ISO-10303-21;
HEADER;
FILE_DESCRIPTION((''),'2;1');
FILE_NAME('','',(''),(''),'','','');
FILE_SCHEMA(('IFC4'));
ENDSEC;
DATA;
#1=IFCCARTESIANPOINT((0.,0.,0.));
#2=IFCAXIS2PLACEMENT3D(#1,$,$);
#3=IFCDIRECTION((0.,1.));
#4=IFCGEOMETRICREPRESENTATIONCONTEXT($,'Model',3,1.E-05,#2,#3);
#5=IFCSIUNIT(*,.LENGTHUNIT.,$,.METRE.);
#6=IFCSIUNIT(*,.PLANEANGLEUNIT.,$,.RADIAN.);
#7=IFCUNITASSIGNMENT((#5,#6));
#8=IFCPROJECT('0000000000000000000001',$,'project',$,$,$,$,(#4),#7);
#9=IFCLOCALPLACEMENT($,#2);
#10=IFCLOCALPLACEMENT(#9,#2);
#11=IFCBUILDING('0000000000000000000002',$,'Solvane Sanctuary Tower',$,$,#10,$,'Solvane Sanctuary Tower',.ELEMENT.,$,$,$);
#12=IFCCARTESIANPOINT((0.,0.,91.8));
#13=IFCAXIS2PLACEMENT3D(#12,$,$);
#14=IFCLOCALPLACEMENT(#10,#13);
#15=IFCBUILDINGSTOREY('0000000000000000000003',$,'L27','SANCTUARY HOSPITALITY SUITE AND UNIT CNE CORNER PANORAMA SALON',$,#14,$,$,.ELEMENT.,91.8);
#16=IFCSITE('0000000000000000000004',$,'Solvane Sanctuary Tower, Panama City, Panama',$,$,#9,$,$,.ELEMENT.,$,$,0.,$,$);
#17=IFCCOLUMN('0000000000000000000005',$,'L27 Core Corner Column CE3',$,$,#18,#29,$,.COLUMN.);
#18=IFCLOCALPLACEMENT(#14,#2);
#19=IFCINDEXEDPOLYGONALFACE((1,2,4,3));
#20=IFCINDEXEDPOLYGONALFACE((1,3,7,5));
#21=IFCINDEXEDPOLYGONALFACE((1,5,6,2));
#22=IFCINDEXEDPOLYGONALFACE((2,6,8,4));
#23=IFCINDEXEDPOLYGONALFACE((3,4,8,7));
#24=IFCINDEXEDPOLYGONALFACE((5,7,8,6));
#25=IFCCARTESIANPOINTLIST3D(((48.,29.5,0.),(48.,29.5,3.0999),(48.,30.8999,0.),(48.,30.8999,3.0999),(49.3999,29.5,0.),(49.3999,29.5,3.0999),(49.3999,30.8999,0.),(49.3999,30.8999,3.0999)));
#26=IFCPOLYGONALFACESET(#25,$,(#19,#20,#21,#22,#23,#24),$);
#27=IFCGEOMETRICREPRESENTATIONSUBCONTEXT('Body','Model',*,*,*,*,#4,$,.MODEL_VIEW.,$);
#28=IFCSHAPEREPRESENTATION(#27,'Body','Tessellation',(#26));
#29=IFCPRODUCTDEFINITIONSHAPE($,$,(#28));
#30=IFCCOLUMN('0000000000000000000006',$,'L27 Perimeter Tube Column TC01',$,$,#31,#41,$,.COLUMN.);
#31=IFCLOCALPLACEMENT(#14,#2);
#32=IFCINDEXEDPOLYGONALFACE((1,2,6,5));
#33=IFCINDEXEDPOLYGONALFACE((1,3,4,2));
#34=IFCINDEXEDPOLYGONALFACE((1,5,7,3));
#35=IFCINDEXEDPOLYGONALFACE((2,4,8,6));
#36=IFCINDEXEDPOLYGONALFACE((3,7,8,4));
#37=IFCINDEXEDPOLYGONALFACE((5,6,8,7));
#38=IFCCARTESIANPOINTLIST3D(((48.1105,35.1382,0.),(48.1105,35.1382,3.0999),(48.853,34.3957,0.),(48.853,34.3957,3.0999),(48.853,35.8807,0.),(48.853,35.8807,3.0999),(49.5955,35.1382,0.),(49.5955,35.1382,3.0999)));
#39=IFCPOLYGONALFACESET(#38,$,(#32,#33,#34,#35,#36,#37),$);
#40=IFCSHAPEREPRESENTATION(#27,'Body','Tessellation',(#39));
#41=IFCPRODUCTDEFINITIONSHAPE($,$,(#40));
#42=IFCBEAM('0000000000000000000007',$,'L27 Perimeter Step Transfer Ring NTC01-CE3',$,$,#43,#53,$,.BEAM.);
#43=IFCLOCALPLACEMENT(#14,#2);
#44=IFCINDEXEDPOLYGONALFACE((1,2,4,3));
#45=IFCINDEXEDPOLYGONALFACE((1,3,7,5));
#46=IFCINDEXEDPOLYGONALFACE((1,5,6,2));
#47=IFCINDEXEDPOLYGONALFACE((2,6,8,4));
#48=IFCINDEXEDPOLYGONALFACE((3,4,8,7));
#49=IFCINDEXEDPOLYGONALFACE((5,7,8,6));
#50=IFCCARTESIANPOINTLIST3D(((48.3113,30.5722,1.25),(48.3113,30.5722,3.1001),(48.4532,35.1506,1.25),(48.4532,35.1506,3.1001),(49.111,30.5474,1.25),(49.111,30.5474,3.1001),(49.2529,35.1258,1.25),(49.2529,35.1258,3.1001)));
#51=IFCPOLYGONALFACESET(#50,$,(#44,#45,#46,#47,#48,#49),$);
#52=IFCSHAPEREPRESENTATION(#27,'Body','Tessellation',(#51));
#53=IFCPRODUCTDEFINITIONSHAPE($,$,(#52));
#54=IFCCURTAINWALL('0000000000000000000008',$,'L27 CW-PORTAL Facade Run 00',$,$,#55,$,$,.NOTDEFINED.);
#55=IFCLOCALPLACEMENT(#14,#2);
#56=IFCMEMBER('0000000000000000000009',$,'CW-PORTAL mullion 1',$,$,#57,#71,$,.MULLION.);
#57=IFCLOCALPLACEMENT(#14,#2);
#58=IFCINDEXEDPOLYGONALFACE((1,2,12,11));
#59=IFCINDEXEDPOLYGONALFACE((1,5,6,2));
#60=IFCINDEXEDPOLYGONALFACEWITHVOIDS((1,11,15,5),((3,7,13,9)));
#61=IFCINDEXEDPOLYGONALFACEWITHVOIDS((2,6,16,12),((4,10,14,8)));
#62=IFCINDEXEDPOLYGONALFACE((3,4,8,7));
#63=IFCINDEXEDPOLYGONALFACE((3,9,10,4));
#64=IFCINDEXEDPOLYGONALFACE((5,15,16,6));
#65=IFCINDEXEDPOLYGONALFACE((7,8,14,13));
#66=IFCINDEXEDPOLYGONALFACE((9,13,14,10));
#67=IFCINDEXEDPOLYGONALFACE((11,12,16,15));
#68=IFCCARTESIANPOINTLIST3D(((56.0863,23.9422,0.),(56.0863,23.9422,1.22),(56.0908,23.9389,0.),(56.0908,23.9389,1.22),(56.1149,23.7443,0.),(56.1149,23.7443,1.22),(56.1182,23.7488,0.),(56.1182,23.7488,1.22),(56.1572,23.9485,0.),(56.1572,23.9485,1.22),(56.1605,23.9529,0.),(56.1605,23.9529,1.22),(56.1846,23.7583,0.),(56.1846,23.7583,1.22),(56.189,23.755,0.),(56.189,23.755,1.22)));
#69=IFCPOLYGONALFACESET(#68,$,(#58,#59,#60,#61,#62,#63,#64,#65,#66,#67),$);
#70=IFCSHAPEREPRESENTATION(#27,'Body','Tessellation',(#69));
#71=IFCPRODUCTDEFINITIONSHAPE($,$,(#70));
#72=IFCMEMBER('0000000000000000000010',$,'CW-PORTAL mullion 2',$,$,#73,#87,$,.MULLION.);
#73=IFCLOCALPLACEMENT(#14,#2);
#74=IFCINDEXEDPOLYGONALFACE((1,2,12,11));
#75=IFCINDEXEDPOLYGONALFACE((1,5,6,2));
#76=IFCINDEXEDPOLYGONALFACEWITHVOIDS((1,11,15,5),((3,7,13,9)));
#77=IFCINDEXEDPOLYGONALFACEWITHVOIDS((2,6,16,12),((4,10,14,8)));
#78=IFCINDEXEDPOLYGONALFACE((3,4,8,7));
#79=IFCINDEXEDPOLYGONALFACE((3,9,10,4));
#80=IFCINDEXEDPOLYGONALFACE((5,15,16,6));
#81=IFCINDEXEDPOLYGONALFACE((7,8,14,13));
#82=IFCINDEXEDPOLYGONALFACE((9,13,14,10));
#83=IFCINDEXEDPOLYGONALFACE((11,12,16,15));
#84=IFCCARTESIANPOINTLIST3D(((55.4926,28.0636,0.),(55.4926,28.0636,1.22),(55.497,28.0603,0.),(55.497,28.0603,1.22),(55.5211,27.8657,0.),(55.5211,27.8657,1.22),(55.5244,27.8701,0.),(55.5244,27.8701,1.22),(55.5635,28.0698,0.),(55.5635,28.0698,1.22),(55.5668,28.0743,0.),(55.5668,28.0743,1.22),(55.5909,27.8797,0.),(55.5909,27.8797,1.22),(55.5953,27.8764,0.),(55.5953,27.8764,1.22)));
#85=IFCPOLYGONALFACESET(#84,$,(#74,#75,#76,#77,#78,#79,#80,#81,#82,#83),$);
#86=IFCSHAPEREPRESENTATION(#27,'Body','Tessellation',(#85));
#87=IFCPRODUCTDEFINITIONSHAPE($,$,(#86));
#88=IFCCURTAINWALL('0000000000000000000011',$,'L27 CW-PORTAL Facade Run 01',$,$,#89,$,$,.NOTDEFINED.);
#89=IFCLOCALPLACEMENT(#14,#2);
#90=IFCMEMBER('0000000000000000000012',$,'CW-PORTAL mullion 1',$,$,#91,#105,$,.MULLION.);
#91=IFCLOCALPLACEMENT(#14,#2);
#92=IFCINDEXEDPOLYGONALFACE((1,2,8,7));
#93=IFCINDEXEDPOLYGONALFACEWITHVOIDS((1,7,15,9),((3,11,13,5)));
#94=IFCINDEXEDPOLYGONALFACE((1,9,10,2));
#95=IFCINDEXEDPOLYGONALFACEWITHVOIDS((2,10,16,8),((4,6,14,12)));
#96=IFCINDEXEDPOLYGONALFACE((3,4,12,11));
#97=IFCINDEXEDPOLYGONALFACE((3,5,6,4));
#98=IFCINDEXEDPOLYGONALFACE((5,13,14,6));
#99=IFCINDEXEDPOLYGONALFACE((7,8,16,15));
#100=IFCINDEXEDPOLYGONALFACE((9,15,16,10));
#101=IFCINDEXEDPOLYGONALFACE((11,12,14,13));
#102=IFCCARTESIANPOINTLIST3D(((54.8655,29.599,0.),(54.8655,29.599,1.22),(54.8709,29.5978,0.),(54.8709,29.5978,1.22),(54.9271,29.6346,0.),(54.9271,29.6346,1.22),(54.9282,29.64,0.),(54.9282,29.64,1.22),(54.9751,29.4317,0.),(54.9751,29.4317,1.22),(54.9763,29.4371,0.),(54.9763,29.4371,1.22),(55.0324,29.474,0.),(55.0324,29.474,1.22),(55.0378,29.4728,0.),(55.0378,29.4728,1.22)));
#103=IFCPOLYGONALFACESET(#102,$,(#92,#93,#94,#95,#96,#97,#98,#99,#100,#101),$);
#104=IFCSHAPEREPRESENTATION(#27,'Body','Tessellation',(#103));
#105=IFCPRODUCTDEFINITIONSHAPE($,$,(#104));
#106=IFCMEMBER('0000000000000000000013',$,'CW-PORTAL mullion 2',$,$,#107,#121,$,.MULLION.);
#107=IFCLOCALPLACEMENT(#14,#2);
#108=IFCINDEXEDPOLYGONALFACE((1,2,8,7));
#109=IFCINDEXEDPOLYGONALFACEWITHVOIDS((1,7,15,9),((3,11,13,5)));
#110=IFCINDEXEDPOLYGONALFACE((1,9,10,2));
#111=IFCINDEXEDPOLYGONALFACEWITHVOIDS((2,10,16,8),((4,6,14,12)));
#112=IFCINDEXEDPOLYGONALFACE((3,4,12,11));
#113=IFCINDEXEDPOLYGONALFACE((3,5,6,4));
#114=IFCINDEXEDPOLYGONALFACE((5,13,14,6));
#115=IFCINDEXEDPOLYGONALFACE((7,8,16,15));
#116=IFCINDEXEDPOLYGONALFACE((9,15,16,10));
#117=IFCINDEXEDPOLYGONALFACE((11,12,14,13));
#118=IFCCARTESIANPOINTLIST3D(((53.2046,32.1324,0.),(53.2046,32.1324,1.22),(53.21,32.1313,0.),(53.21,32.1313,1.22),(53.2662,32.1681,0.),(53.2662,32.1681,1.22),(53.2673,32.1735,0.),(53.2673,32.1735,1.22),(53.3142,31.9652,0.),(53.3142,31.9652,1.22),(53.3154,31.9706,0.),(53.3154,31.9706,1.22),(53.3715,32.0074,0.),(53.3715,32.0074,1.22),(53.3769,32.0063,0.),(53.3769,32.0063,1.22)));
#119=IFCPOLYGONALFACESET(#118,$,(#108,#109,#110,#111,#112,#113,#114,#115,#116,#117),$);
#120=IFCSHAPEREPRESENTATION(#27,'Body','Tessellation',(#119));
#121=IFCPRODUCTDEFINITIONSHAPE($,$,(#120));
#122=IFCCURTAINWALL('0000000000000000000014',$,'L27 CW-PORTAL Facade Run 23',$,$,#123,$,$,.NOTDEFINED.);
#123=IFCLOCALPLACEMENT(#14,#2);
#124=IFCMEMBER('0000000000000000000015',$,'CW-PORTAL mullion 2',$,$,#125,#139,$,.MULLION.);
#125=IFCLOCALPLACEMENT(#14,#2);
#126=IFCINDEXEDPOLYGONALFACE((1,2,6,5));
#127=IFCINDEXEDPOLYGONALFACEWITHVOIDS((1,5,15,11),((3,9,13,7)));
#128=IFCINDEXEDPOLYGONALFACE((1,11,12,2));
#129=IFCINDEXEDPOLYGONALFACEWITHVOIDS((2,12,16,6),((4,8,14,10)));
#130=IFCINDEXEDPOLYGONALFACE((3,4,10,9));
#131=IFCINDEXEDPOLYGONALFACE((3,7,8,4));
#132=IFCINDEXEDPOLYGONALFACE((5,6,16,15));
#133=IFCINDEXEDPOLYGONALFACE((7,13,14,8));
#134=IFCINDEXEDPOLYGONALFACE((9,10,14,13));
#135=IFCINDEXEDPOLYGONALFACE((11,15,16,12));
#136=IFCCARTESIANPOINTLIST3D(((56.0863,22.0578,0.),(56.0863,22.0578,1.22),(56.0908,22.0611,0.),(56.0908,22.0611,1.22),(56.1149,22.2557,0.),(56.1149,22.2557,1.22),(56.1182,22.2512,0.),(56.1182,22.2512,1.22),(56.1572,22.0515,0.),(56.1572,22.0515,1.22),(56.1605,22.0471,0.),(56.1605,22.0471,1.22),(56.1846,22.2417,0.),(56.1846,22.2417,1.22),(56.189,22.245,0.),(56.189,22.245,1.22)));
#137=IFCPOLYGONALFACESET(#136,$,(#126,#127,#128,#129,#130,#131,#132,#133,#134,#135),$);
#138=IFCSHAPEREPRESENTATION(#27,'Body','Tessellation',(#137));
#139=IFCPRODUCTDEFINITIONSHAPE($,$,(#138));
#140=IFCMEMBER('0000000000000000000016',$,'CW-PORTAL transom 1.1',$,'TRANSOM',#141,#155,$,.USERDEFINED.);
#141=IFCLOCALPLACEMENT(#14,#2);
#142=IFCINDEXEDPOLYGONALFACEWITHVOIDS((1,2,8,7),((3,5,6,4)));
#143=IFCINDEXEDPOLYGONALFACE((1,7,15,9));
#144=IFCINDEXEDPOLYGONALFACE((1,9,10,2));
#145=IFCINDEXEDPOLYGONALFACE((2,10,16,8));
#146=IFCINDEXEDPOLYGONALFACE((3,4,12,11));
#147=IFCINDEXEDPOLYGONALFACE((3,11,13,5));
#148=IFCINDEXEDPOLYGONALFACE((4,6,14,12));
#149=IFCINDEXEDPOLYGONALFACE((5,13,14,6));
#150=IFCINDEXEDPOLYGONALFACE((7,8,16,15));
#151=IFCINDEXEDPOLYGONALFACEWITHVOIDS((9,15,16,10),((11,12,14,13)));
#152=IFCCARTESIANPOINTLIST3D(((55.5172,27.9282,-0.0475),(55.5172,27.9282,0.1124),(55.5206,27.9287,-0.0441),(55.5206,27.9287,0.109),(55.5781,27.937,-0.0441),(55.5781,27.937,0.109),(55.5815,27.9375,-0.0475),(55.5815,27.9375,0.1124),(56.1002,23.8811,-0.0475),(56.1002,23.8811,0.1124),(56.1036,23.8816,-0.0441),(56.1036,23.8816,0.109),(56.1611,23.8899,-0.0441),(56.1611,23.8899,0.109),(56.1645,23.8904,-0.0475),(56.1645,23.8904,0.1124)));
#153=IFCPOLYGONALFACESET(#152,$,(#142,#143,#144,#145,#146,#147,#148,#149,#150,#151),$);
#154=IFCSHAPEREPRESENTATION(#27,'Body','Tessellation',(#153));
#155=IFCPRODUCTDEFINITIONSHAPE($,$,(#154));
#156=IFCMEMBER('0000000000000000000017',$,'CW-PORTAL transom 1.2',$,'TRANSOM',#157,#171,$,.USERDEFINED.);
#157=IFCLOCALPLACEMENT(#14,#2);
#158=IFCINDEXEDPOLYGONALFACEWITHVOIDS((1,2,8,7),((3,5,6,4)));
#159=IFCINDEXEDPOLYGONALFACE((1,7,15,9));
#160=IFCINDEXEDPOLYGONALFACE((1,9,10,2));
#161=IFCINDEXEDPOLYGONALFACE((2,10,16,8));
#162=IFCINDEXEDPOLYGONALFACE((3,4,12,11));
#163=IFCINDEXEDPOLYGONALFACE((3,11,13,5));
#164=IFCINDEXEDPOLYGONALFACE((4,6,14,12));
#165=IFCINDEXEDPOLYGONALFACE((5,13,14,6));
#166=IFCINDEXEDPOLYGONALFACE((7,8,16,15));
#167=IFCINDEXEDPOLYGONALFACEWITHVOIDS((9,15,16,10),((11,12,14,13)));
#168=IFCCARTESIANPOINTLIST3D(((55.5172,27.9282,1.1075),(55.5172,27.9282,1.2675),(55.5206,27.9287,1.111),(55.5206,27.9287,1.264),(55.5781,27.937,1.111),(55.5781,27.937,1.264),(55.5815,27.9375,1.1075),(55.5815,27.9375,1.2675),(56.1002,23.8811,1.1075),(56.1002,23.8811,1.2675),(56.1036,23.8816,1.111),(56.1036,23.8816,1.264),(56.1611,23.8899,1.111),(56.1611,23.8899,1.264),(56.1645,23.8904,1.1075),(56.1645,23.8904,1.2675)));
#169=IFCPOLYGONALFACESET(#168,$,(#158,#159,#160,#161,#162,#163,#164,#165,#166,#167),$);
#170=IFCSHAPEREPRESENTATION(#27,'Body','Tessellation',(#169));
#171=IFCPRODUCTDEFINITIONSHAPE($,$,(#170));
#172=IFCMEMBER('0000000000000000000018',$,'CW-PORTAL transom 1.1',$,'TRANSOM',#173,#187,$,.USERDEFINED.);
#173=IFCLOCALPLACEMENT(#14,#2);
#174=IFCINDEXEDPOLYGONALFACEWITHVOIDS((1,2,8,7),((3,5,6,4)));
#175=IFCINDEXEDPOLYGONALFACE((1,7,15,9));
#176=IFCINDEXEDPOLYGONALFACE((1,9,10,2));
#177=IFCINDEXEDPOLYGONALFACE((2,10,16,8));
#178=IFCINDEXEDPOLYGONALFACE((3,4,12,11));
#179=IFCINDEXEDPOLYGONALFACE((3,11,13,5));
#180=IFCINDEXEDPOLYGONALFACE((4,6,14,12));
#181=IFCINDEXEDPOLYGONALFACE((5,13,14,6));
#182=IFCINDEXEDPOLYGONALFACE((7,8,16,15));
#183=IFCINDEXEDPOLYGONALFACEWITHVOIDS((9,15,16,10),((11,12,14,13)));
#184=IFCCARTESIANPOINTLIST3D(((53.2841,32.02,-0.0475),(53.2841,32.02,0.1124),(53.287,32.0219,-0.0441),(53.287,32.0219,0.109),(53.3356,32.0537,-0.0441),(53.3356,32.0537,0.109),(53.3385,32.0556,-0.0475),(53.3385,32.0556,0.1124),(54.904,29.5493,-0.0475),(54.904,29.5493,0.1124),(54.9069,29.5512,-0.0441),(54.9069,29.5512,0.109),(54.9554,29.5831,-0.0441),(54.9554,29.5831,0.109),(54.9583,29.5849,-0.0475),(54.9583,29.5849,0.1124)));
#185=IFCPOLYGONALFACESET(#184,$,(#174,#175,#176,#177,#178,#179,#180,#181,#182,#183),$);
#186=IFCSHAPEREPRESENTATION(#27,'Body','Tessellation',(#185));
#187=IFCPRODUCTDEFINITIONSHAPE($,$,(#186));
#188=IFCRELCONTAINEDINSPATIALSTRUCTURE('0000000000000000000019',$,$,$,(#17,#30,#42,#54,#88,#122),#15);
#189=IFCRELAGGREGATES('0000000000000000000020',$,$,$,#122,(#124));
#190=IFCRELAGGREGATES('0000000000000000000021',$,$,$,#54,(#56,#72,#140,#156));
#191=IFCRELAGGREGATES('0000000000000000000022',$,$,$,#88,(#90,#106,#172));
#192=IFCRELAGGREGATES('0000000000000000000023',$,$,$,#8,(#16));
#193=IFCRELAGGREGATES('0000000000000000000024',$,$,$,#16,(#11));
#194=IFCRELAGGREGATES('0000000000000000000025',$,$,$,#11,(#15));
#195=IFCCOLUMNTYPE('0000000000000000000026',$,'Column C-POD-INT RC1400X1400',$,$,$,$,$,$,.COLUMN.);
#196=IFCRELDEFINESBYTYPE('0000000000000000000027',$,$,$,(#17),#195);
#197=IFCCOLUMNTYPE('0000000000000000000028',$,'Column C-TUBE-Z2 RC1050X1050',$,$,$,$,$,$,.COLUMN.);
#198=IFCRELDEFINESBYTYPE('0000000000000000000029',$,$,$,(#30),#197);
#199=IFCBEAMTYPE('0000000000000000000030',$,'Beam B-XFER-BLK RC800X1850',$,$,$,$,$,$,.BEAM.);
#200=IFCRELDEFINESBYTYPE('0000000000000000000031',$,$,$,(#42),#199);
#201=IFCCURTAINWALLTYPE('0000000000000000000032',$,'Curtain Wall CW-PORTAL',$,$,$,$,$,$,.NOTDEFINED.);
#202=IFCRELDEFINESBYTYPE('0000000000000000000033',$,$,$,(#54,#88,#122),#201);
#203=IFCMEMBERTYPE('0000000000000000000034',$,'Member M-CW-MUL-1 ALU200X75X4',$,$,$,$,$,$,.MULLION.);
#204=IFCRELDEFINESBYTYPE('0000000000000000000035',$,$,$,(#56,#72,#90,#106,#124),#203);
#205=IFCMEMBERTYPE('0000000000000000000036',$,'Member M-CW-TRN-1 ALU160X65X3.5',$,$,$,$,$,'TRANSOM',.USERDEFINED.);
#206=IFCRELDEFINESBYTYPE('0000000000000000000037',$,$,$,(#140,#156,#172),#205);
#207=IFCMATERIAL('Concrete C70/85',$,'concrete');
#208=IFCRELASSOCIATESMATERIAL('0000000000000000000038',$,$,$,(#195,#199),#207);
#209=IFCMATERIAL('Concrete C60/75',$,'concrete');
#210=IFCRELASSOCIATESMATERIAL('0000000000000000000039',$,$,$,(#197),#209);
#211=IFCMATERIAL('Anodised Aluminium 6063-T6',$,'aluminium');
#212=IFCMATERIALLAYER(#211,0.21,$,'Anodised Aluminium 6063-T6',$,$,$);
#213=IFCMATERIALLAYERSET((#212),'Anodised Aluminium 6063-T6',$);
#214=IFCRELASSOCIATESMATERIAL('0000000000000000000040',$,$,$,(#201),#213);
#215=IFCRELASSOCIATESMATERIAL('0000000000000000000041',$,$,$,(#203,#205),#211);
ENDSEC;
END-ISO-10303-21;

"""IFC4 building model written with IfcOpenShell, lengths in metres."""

from ifc_helpers import new_model, si_unit, direction, frame, origin, origin_2d, place, context, subcontext, project, spatial, rectangle, hollow_rectangle, extrude, material, layer, layer_set, material_profile, profile_set, type_object, element, aggregate, save


model = new_model("IFC4")

# Units and contexts
model_context = context("Model", 3, precision=1e-05, world=origin(), true_north=direction((0.0, 1.0)))
body_context = subcontext(model_context, "Body", "Model", "MODEL_VIEW")
ifc_project = project(units=[si_unit("LENGTHUNIT", "METRE"), si_unit("PLANEANGLEUNIT", "RADIAN")], contexts=[model_context])

# Site, building, storey
site_placement = place(None, origin())
site = spatial("IfcSite", under=ifc_project, at=site_placement, Name="Solvane Sanctuary Tower, Panama City, Panama", CompositionType="ELEMENT", RefElevation=0.0)
building_placement = place(site_placement, origin())
building = spatial("IfcBuilding", under=site, at=building_placement, Name="Solvane Sanctuary Tower", LongName="Solvane Sanctuary Tower", CompositionType="ELEMENT")
storey_placement = place(building_placement, frame((0.0, 0.0, 91.8)))
storey = spatial("IfcBuildingStorey", under=building, at=storey_placement, Name="L27", Description="SANCTUARY HOSPITALITY SUITE AND UNIT CNE CORNER PANORAMA SALON", CompositionType="ELEMENT", Elevation=91.8)

# Columns
ifc_material_1 = material(Name="Concrete C70/85", Category="concrete")
ifc_material_profile_1 = material_profile(ifc_material_1, rectangle(XDim=1.3999, YDim=1.3999, at=origin_2d()), Name="RC1400X1400")
ifc_profile_set_1 = profile_set([ifc_material_profile_1], Name="Concrete C70/85")
column_type_1 = type_object("IfcColumnType", Name="Column C-POD-INT RC1400X1400", PredefinedType="COLUMN", material=ifc_profile_set_1)
column_1_placement = place(storey_placement, frame((48.7, 30.2, 0.0), z_axis=(0.0, 0.0, 1.0), x_axis=(1.0, 0.0, 0.0)))
element("IfcColumn", 1, at=column_1_placement, inside=storey, type_object=column_type_1, Name="L27 Core Corner Column CE3", PredefinedType="COLUMN", context=body_context, shape_type="SweptSolid", body=[
    extrude(rectangle(XDim=1.3999, YDim=1.3999, at=origin_2d()), origin(), (0.0, 0.0, 1.0), 3.0999),
])
ifc_material_2 = material(Name="Concrete C60/75", Category="concrete")
ifc_material_profile_2 = material_profile(ifc_material_2, rectangle(XDim=1.05, YDim=1.05, at=origin_2d()), Name="RC1050X1050")
ifc_profile_set_2 = profile_set([ifc_material_profile_2], Name="Concrete C60/75")
column_type_2 = type_object("IfcColumnType", Name="Column C-TUBE-Z2 RC1050X1050", PredefinedType="COLUMN", material=ifc_profile_set_2)
column_2_placement = place(storey_placement, frame((48.853, 35.1382, 0.0), z_axis=(0.0, 0.0, 1.0), x_axis=(0.707107, 0.707107, 0.0)))
element("IfcColumn", 2, at=column_2_placement, inside=storey, type_object=column_type_2, Name="L27 Perimeter Tube Column TC01", PredefinedType="COLUMN", context=body_context, shape_type="SweptSolid", body=[
    extrude(rectangle(XDim=1.05, YDim=1.05, at=origin_2d()), origin(), (0.0, 0.0, 1.0), 3.0999),
])

# Beam
ifc_material_profile_3 = material_profile(ifc_material_1, rectangle(XDim=0.8, YDim=1.8501, at=origin_2d()), Name="RC800X1850")
ifc_profile_set_3 = profile_set([ifc_material_profile_3], Name="Concrete C70/85")
beam_type = type_object("IfcBeamType", Name="Beam B-XFER-BLK RC800X1850", PredefinedType="BEAM", material=ifc_profile_set_3)
beam_placement = place(storey_placement, frame((48.853, 35.1382, 2.175), z_axis=(-0.030967, -0.99952, 0.0), x_axis=(0.99952, -0.030967, 0.0)))
element("IfcBeam", 3, at=beam_placement, inside=storey, type_object=beam_type, Name="L27 Perimeter Step Transfer Ring NTC01-CE3", PredefinedType="BEAM", context=body_context, shape_type="SweptSolid", body=[
    extrude(rectangle(XDim=0.8, YDim=1.8501, at=origin_2d()), origin(), (0.0, 0.0, 1.0), 4.5806),
])

# Curtain walls, members
ifc_material_3 = material(Name="Anodised Aluminium 6063-T6", Category="aluminium")
ifc_layer_1 = layer(ifc_material_3, 0.21, Name="Anodised Aluminium 6063-T6")
ifc_layer_set_1 = layer_set([ifc_layer_1], Name="Anodised Aluminium 6063-T6")
curtain_wall_type = type_object("IfcCurtainWallType", Name="Curtain Wall CW-PORTAL", PredefinedType="NOTDEFINED", material=ifc_layer_set_1)
curtain_wall_1_placement = place(storey_placement, origin())
curtain_wall_1 = element("IfcCurtainWall", 4, at=curtain_wall_1_placement, inside=storey, type_object=curtain_wall_type, Name="L27 CW-PORTAL Facade Run 00", PredefinedType="NOTDEFINED")
ifc_material_profile_4 = material_profile(ifc_material_3, hollow_rectangle(XDim=0.075, YDim=0.2, WallThickness=0.0039, at=origin_2d()), Name="ALU200X75X4")
ifc_profile_set_4 = profile_set([ifc_material_profile_4], Name="Anodised Aluminium 6063-T6")
member_type_1 = type_object("IfcMemberType", Name="Member M-CW-MUL-1 ALU200X75X4", PredefinedType="MULLION", material=ifc_profile_set_4)
member_1_placement = place(storey_placement, frame((56.1377, 23.8486, 0.0), z_axis=(0.0, 0.0, 1.0), x_axis=(-0.989782, -0.142587, 0.0)))
member_1 = element("IfcMember", 5, at=member_1_placement, type_object=member_type_1, Name="CW-PORTAL mullion 1", PredefinedType="MULLION", context=body_context, shape_type="SweptSolid", body=[
    extrude(hollow_rectangle(XDim=0.075, YDim=0.2, WallThickness=0.0039, at=origin_2d()), origin(), (0.0, 0.0, 1.0), 1.22),
])
member_2_placement = place(storey_placement, frame((55.5439, 27.97, 0.0), z_axis=(0.0, 0.0, 1.0), x_axis=(-0.989782, -0.142587, 0.0)))
member_2 = element("IfcMember", 6, at=member_2_placement, type_object=member_type_1, Name="CW-PORTAL mullion 2", PredefinedType="MULLION", context=body_context, shape_type="SweptSolid", body=[
    extrude(hollow_rectangle(XDim=0.075, YDim=0.2, WallThickness=0.0039, at=origin_2d()), origin(), (0.0, 0.0, 1.0), 1.22),
])
curtain_wall_2_placement = place(storey_placement, origin())
curtain_wall_2 = element("IfcCurtainWall", 7, at=curtain_wall_2_placement, inside=storey, type_object=curtain_wall_type, Name="L27 CW-PORTAL Facade Run 01", PredefinedType="NOTDEFINED")
member_3_placement = place(storey_placement, frame((54.9517, 29.5359, 0.0), z_axis=(0.0, 0.0, 1.0), x_axis=(-0.836298, -0.548276, 0.0)))
member_3 = element("IfcMember", 8, at=member_3_placement, type_object=member_type_1, Name="CW-PORTAL mullion 1", PredefinedType="MULLION", context=body_context, shape_type="SweptSolid", body=[
    extrude(hollow_rectangle(XDim=0.075, YDim=0.2, WallThickness=0.0039, at=origin_2d()), origin(), (0.0, 0.0, 1.0), 1.22),
])
member_4_placement = place(storey_placement, frame((53.2908, 32.0693, 0.0), z_axis=(0.0, 0.0, 1.0), x_axis=(-0.836298, -0.548276, 0.0)))
member_4 = element("IfcMember", 9, at=member_4_placement, type_object=member_type_1, Name="CW-PORTAL mullion 2", PredefinedType="MULLION", context=body_context, shape_type="SweptSolid", body=[
    extrude(hollow_rectangle(XDim=0.075, YDim=0.2, WallThickness=0.0039, at=origin_2d()), origin(), (0.0, 0.0, 1.0), 1.22),
])

# Curtain wall, member
curtain_wall_3_placement = place(storey_placement, origin())
curtain_wall_3 = element("IfcCurtainWall", 10, at=curtain_wall_3_placement, inside=storey, type_object=curtain_wall_type, Name="L27 CW-PORTAL Facade Run 23", PredefinedType="NOTDEFINED")
member_5_placement = place(storey_placement, frame((56.1377, 22.1514, 0.0), z_axis=(0.0, 0.0, 1.0), x_axis=(-0.989782, 0.142587, 0.0)))
member_5 = element("IfcMember", 11, at=member_5_placement, type_object=member_type_1, Name="CW-PORTAL mullion 2", PredefinedType="MULLION", context=body_context, shape_type="SweptSolid", body=[
    extrude(hollow_rectangle(XDim=0.075, YDim=0.2, WallThickness=0.0039, at=origin_2d()), origin(), (0.0, 0.0, 1.0), 1.22),
])
aggregate(curtain_wall_3, [member_5])

# Members
ifc_material_profile_5 = material_profile(ifc_material_3, hollow_rectangle(XDim=0.0649, YDim=0.1599, WallThickness=0.0034, at=origin_2d()), Name="ALU160X65X3.5")
ifc_profile_set_5 = profile_set([ifc_material_profile_5], Name="Anodised Aluminium 6063-T6")
member_type_2 = type_object("IfcMemberType", Name="Member M-CW-TRN-1 ALU160X65X3.5", ElementType="TRANSOM", PredefinedType="USERDEFINED", material=ifc_profile_set_5)
member_6_placement = place(storey_placement, frame((56.1323, 23.8857, 0.0325), z_axis=(-0.142583, 0.989783, 0.0), x_axis=(-0.989783, -0.142583, 0.0)))
member_6 = element("IfcMember", 12, at=member_6_placement, type_object=member_type_2, Name="CW-PORTAL transom 1.1", ObjectType="TRANSOM", PredefinedType="USERDEFINED", context=body_context, shape_type="SweptSolid", body=[
    extrude(hollow_rectangle(XDim=0.0649, YDim=0.1599, WallThickness=0.0034, at=origin_2d()), origin(), (0.0, 0.0, 1.0), 4.0889),
])
member_7_placement = place(storey_placement, frame((56.1323, 23.8857, 1.1875), z_axis=(-0.142583, 0.989783, 0.0), x_axis=(-0.989783, -0.142583, 0.0)))
member_7 = element("IfcMember", 13, at=member_7_placement, type_object=member_type_2, Name="CW-PORTAL transom 1.2", ObjectType="TRANSOM", PredefinedType="USERDEFINED", context=body_context, shape_type="SweptSolid", body=[
    extrude(hollow_rectangle(XDim=0.0649, YDim=0.1599, WallThickness=0.0034, at=origin_2d()), origin(), (0.0, 0.0, 1.0), 4.0889),
])
member_8_placement = place(storey_placement, frame((54.9312, 29.5671, 0.0325), z_axis=(-0.548295, 0.836285, 0.0), x_axis=(-0.836285, -0.548295, 0.0)))
member_8 = element("IfcMember", 14, at=member_8_placement, type_object=member_type_2, Name="CW-PORTAL transom 1.1", ObjectType="TRANSOM", PredefinedType="USERDEFINED", context=body_context, shape_type="SweptSolid", body=[
    extrude(hollow_rectangle(XDim=0.0649, YDim=0.1599, WallThickness=0.0034, at=origin_2d()), origin(), (0.0, 0.0, 1.0), 2.9543),
])

aggregate(curtain_wall_1, [member_1, member_2, member_6, member_7])
aggregate(curtain_wall_2, [member_3, member_4, member_8])

save(model, "model.ifc")
